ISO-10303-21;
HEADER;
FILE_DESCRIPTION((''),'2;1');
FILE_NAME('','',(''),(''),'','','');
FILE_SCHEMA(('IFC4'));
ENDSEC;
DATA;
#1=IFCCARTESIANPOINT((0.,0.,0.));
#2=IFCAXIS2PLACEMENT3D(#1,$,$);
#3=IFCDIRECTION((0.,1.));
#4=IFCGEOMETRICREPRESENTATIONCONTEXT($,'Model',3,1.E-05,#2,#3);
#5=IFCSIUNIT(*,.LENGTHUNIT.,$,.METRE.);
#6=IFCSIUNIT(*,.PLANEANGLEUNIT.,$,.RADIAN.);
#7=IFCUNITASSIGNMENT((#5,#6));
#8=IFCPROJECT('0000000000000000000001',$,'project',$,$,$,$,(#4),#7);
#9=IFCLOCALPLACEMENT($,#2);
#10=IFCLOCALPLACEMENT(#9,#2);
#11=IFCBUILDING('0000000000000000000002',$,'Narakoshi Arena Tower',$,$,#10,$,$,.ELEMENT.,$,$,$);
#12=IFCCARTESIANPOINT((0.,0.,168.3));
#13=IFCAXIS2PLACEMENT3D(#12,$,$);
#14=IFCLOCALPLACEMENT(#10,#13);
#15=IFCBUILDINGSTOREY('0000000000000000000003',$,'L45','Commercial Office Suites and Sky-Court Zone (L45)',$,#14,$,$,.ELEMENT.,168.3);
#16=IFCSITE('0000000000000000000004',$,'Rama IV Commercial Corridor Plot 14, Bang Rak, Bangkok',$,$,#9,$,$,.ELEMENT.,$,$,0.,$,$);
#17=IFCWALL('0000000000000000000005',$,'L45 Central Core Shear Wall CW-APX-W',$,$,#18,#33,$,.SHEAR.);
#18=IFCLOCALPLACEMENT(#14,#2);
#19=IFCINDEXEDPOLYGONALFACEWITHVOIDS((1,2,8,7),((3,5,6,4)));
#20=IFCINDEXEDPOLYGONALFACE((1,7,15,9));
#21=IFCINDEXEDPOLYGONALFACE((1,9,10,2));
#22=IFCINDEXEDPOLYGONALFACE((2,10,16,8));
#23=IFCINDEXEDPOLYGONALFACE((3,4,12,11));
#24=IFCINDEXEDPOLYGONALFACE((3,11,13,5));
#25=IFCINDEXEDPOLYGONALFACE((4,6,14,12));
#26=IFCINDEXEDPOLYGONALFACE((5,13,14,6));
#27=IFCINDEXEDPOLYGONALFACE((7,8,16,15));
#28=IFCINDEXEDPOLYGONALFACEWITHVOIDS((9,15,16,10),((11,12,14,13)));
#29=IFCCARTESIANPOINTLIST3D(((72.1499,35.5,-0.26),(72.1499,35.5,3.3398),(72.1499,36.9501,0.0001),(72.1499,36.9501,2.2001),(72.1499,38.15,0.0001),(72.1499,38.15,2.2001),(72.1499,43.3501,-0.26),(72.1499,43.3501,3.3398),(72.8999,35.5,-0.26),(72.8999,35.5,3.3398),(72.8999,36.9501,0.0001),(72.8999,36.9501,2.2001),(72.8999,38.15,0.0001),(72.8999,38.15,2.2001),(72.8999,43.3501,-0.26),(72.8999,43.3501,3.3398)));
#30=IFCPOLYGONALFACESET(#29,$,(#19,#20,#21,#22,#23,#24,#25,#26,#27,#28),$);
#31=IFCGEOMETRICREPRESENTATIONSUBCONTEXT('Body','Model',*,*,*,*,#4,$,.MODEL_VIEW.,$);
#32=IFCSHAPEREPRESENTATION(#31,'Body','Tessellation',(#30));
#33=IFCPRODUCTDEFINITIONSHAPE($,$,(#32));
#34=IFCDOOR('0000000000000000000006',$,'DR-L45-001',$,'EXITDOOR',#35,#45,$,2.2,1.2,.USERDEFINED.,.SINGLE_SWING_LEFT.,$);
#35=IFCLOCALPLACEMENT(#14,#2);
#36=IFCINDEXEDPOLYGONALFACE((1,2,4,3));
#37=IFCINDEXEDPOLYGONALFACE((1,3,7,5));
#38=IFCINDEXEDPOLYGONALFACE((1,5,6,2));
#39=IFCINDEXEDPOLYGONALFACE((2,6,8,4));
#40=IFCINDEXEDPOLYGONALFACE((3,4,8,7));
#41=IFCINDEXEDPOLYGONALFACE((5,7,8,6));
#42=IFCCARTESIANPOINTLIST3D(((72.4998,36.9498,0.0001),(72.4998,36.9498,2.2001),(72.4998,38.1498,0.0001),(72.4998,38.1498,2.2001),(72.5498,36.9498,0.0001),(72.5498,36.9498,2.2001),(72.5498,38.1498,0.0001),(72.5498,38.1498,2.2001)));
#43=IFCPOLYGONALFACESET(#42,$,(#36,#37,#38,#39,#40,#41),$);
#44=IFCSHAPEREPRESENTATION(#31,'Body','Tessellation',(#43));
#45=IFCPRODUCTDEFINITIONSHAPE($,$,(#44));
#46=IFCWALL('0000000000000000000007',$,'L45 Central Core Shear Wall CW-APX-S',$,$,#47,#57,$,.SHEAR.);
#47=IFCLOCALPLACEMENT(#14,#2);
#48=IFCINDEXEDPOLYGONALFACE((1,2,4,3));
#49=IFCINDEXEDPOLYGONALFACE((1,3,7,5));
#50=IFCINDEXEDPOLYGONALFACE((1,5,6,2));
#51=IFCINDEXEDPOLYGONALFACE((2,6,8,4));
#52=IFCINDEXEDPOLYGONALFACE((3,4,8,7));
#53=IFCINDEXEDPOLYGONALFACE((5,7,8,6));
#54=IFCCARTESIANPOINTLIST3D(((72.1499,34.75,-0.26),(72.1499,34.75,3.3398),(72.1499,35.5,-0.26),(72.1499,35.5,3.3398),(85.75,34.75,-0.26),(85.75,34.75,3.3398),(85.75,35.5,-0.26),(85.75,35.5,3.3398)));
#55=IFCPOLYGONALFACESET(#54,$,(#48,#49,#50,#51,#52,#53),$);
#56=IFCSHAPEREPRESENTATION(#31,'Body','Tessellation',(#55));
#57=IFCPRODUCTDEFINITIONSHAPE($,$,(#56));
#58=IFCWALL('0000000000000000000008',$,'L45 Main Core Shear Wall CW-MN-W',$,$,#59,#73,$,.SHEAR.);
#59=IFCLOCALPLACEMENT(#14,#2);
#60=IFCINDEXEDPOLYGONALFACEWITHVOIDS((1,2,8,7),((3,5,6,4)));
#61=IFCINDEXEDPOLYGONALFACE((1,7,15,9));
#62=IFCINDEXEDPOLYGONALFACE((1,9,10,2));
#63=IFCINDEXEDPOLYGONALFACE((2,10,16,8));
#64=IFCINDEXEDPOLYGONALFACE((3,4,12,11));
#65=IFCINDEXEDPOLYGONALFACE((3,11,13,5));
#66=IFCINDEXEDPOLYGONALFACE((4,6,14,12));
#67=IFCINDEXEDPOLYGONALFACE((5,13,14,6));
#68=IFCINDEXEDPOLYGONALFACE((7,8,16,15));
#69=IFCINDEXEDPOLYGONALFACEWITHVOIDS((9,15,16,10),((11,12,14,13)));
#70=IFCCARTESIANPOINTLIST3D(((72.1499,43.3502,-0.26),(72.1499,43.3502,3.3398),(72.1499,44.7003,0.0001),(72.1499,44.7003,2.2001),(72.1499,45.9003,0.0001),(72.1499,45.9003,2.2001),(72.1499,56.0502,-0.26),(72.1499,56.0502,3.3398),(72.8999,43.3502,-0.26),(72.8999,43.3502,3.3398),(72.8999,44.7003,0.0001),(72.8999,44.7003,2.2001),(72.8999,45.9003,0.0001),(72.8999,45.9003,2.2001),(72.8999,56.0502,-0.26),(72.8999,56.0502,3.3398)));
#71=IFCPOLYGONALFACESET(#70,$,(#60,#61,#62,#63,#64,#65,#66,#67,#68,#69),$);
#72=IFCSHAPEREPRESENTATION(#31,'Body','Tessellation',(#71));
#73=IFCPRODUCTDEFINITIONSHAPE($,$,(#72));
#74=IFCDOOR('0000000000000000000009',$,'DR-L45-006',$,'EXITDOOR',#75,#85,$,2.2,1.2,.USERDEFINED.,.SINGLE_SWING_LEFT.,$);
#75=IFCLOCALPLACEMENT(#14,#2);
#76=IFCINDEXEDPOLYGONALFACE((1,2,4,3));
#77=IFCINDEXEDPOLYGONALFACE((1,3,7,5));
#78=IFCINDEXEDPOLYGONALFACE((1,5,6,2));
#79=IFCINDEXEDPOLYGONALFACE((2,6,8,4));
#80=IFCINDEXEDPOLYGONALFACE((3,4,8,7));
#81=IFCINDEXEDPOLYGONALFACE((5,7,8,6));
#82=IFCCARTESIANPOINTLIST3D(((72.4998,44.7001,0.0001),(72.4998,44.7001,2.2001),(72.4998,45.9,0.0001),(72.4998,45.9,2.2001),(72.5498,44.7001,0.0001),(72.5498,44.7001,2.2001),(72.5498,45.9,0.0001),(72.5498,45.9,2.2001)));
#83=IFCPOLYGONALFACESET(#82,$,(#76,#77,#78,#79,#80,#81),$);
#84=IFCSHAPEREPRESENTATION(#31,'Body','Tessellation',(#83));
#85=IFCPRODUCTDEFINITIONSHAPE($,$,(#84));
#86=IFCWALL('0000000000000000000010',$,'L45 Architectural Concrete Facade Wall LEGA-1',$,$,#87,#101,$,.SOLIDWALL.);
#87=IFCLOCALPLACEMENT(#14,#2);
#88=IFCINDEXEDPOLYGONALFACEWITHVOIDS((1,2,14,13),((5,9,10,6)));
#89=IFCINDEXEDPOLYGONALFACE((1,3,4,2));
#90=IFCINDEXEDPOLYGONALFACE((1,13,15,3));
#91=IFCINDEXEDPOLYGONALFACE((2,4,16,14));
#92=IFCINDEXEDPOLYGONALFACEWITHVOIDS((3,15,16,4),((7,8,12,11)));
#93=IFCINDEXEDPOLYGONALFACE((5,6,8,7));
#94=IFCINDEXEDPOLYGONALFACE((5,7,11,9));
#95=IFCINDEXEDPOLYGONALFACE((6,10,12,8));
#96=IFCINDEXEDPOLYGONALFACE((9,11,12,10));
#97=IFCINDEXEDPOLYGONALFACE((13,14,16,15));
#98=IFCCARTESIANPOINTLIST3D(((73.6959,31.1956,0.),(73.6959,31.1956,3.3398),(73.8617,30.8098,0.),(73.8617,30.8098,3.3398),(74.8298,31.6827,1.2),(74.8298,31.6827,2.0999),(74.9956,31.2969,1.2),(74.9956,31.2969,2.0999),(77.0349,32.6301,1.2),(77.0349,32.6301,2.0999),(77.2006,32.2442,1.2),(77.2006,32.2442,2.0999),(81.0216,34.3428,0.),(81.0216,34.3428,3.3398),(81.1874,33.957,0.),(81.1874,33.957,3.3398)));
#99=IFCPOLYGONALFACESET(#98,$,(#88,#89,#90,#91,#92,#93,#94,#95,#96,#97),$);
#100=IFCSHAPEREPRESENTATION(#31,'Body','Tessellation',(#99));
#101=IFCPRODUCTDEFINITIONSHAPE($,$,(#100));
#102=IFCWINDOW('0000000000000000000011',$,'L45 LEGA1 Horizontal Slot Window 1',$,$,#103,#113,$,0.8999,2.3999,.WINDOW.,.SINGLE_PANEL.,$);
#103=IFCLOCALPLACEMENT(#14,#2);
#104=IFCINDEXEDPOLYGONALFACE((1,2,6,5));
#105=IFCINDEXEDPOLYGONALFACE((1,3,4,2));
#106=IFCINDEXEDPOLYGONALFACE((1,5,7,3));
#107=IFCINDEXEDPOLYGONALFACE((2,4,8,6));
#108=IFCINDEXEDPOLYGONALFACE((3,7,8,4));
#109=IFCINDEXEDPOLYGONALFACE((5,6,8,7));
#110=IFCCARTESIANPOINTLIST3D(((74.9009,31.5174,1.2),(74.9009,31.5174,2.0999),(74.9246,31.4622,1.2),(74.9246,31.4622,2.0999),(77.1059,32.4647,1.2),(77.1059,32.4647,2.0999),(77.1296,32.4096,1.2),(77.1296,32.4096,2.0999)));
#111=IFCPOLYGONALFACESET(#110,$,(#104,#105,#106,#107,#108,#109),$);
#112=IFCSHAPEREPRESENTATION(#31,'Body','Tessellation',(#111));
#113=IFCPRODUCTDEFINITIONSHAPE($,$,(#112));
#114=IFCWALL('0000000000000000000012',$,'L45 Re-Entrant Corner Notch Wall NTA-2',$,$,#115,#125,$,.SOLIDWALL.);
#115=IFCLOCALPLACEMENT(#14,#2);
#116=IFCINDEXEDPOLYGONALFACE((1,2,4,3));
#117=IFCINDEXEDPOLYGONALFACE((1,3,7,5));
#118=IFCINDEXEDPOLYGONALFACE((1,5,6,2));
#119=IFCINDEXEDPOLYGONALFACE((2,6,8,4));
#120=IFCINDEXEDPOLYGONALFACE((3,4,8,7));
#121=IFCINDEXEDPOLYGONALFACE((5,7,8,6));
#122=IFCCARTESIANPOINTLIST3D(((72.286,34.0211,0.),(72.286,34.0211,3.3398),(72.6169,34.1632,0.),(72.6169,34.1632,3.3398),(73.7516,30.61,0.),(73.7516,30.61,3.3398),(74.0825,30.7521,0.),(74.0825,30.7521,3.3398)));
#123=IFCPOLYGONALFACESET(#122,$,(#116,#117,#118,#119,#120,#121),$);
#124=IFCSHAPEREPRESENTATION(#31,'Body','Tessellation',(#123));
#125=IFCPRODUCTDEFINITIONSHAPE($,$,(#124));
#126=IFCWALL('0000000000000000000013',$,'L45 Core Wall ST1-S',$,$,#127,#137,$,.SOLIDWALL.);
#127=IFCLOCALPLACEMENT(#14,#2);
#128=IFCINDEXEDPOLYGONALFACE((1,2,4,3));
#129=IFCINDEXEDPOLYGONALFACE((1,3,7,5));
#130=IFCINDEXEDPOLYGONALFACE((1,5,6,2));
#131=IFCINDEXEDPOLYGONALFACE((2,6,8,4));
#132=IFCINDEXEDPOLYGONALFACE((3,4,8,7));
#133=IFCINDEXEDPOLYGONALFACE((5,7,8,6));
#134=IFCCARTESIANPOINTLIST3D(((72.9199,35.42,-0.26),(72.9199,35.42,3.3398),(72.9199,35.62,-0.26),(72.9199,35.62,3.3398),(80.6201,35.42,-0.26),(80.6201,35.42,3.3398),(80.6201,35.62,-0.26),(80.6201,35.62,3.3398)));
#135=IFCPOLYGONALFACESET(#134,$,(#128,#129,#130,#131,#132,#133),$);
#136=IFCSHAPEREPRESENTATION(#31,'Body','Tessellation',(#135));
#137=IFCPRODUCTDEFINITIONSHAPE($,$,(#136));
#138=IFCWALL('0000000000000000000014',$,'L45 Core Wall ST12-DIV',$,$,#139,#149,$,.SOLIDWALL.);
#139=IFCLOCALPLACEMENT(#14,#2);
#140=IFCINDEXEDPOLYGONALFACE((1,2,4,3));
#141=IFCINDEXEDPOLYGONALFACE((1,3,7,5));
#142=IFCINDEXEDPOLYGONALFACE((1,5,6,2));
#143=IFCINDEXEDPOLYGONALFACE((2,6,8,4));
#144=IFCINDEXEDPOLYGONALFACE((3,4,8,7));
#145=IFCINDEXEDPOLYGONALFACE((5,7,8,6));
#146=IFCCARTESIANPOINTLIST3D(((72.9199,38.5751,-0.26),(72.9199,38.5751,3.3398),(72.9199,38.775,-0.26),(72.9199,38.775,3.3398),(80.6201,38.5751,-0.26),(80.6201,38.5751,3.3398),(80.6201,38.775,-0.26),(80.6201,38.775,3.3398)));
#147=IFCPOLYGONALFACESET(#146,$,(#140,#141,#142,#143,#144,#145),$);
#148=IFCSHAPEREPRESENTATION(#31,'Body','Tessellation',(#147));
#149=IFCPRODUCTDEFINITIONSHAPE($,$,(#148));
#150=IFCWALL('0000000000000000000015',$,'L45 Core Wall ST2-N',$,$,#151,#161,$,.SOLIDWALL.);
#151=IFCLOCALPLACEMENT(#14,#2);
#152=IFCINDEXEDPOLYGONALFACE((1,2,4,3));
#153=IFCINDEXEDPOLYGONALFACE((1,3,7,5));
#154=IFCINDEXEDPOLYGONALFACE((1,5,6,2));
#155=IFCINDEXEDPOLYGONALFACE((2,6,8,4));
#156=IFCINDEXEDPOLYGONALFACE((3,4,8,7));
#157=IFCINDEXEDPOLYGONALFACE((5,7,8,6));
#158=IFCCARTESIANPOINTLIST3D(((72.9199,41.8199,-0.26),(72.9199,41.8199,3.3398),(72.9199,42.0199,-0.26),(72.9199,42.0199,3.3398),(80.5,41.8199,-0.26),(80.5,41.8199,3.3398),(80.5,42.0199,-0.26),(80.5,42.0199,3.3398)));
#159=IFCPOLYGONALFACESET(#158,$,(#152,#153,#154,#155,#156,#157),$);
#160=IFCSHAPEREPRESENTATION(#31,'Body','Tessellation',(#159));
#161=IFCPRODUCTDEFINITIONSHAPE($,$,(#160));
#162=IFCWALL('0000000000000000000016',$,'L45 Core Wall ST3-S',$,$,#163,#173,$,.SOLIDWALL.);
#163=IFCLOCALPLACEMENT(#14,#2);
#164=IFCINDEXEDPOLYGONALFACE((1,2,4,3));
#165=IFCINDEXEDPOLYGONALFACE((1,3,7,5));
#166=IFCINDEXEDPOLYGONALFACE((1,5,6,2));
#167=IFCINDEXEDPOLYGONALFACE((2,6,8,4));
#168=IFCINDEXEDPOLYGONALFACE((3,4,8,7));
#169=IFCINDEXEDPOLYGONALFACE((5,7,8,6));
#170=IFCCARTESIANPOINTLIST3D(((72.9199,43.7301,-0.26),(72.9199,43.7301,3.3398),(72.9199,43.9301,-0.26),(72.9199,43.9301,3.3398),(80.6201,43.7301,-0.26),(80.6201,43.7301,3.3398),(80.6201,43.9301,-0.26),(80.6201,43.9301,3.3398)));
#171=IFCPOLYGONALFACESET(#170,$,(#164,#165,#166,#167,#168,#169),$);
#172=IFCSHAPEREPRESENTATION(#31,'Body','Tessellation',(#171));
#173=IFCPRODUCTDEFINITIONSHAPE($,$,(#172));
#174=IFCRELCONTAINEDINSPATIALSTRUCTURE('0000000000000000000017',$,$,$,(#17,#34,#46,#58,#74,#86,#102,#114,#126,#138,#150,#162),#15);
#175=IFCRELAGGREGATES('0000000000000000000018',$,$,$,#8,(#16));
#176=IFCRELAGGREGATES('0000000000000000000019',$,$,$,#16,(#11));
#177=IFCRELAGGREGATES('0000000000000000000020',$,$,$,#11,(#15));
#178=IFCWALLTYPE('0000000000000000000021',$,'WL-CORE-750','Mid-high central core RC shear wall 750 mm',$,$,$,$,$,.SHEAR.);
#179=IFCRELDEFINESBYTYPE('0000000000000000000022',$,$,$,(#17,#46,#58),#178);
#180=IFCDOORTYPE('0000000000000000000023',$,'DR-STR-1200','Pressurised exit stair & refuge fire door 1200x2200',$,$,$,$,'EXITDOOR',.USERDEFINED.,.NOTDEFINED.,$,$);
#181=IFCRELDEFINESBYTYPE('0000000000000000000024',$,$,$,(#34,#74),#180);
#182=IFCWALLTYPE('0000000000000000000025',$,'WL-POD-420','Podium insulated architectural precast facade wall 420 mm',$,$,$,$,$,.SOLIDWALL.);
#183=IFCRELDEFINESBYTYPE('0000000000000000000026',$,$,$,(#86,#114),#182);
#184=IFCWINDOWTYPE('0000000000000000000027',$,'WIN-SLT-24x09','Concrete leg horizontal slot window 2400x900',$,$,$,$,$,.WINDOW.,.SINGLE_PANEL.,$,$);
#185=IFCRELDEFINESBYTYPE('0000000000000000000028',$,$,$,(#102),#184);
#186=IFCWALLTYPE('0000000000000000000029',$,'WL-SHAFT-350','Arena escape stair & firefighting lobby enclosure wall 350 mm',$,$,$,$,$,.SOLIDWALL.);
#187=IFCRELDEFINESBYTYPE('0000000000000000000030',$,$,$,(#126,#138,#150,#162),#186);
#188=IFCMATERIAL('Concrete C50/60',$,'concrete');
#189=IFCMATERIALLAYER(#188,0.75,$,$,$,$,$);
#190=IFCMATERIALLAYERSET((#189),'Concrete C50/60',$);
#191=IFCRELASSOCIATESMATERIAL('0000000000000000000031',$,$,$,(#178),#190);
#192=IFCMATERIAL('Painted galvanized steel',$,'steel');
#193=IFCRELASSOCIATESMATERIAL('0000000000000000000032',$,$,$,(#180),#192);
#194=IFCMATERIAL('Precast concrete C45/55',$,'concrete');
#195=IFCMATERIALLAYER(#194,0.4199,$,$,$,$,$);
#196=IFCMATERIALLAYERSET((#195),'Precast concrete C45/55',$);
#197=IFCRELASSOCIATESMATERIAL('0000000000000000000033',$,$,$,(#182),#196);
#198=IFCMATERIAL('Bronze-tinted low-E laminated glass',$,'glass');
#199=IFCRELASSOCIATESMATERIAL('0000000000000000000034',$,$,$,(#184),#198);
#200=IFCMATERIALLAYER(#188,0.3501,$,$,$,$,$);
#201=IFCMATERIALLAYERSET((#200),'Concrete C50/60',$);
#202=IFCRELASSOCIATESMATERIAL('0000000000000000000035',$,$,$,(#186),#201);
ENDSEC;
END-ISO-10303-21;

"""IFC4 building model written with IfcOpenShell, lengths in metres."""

from ifc_helpers import new_model, si_unit, direction, frame, frame_2d, origin, place, context, subcontext, project, spatial, rectangle, extrude, material, layer, layer_set, type_object, element, fill, save


model = new_model("IFC4")

# Units and contexts
model_context = context("Model", 3, precision=1e-05, world=origin(), true_north=direction((0.0, 1.0)))
body_context = subcontext(model_context, "Body", "Model", "MODEL_VIEW")
ifc_project = project(units=[si_unit("LENGTHUNIT", "METRE"), si_unit("PLANEANGLEUNIT", "RADIAN")], contexts=[model_context])

# Site, building, storey
site_placement = place(None, origin())
site = spatial("IfcSite", under=ifc_project, at=site_placement, Name="Rama IV Commercial Corridor Plot 14, Bang Rak, Bangkok", CompositionType="ELEMENT", RefElevation=0.0)
building_placement = place(site_placement, origin())
building = spatial("IfcBuilding", under=site, at=building_placement, Name="Narakoshi Arena Tower", CompositionType="ELEMENT")
storey_placement = place(building_placement, frame((0.0, 0.0, 168.3)))
storey = spatial("IfcBuildingStorey", under=building, at=storey_placement, Name="L45", Description="Commercial Office Suites and Sky-Court Zone (L45)", CompositionType="ELEMENT", Elevation=168.3)

# Wall, opening, door
ifc_material_1 = material(Name="Concrete C50/60", Category="concrete")
ifc_layer_1 = layer(ifc_material_1, 0.75)
ifc_layer_set_1 = layer_set([ifc_layer_1], Name="Concrete C50/60")
wall_type_1 = type_object("IfcWallType", Name="WL-CORE-750", Description="Mid-high central core RC shear wall 750 mm", PredefinedType="SHEAR", material=ifc_layer_set_1)
wall_1_placement = place(storey_placement, frame((72.5249, 35.5, -0.26), z_axis=(0.0, 0.0, 1.0), x_axis=(0.0, 1.0, 0.0)))
wall_1 = element("IfcWall", 1, at=wall_1_placement, inside=storey, type_object=wall_type_1, Name="L45 Central Core Shear Wall CW-APX-W", PredefinedType="SHEAR", context=body_context, shape_type="SweptSolid", body=[
    extrude(rectangle(XDim=7.8501, YDim=0.75, at=frame_2d((3.925, 0.0))), origin(), (0.0, 0.0, 1.0), 3.5999),
])
opening_1_placement = place(wall_1_placement, frame((1.45, 0.0, 0.26)))
opening_1 = element("IfcOpeningElement", 2, at=opening_1_placement, cuts=wall_1, PredefinedType="OPENING", context=body_context, shape_type="SweptSolid", body=[
    extrude(rectangle(XDim=1.2, YDim=2.2, at=frame_2d((0.6001, 1.1001))), frame((0.0, 0.385, 0.0), z_axis=(0.0, -1.0, 0.0), x_axis=(1.0, 0.0, 0.0)), (0.0, 0.0, 1.0), 0.77),
])
ifc_material_2 = material(Name="Painted galvanized steel", Category="steel")
door_type = type_object("IfcDoorType", Name="DR-STR-1200", Description="Pressurised exit stair & refuge fire door 1200x2200", ElementType="EXITDOOR", OperationType="NOTDEFINED", PredefinedType="USERDEFINED", material=ifc_material_2)
door_1_placement = place(opening_1_placement, frame((1.2, 0.0, 0.0), z_axis=(0.0, 0.0, 1.0), x_axis=(-1.0, 0.0, 0.0)))
door_1 = element("IfcDoor", 3, at=door_1_placement, inside=storey, type_object=door_type, Name="DR-L45-001", ObjectType="EXITDOOR", OperationType="SINGLE_SWING_LEFT", OverallHeight=2.2, OverallWidth=1.2, PredefinedType="USERDEFINED", context=body_context, shape_type="SweptSolid", body=[
    extrude(rectangle(XDim=1.2, YDim=2.2, at=frame_2d((0.6001, 1.1001))), frame((0.0, 0.0249, 0.0), z_axis=(0.0, -1.0, 0.0), x_axis=(1.0, 0.0, 0.0)), (0.0, 0.0, 1.0), 0.05),
])
fill(opening_1, door_1)

# Wall
wall_2_placement = place(storey_placement, frame((72.1499, 35.125, -0.26), z_axis=(0.0, 0.0, 1.0), x_axis=(1.0, 0.0, 0.0)))
element("IfcWall", 4, at=wall_2_placement, inside=storey, type_object=wall_type_1, Name="L45 Central Core Shear Wall CW-APX-S", PredefinedType="SHEAR", context=body_context, shape_type="SweptSolid", body=[
    extrude(rectangle(XDim=13.6001, YDim=0.75, at=frame_2d((6.8, 0.0))), origin(), (0.0, 0.0, 1.0), 3.5999),
])

# Wall, opening, door
wall_3_placement = place(storey_placement, frame((72.5249, 43.3501, -0.26), z_axis=(0.0, 0.0, 1.0), x_axis=(0.0, 1.0, 0.0)))
wall_3 = element("IfcWall", 5, at=wall_3_placement, inside=storey, type_object=wall_type_1, Name="L45 Main Core Shear Wall CW-MN-W", PredefinedType="SHEAR", context=body_context, shape_type="SweptSolid", body=[
    extrude(rectangle(XDim=12.7, YDim=0.75, at=frame_2d((6.3501, 0.0))), origin(), (0.0, 0.0, 1.0), 3.5999),
])
opening_2_placement = place(wall_3_placement, frame((1.3501, 0.0, 0.26)))
opening_2 = element("IfcOpeningElement", 6, at=opening_2_placement, cuts=wall_3, PredefinedType="OPENING", context=body_context, shape_type="SweptSolid", body=[
    extrude(rectangle(XDim=1.2, YDim=2.2, at=frame_2d((0.6001, 1.1001))), frame((0.0, 0.385, 0.0), z_axis=(0.0, -1.0, 0.0), x_axis=(1.0, 0.0, 0.0)), (0.0, 0.0, 1.0), 0.77),
])
door_2_placement = place(opening_2_placement, frame((1.2, 0.0, 0.0), z_axis=(0.0, 0.0, 1.0), x_axis=(-1.0, 0.0, 0.0)))
door_2 = element("IfcDoor", 7, at=door_2_placement, inside=storey, type_object=door_type, Name="DR-L45-006", ObjectType="EXITDOOR", OperationType="SINGLE_SWING_LEFT", OverallHeight=2.2, OverallWidth=1.2, PredefinedType="USERDEFINED", context=body_context, shape_type="SweptSolid", body=[
    extrude(rectangle(XDim=1.2, YDim=2.2, at=frame_2d((0.6001, 1.1001))), frame((0.0, 0.0249, 0.0), z_axis=(0.0, -1.0, 0.0), x_axis=(1.0, 0.0, 0.0)), (0.0, 0.0, 1.0), 0.05),
])
fill(opening_2, door_2)

# Wall, opening, window
ifc_material_3 = material(Name="Precast concrete C45/55", Category="concrete")
ifc_layer_2 = layer(ifc_material_3, 0.4199)
ifc_layer_set_2 = layer_set([ifc_layer_2], Name="Precast concrete C45/55")
wall_type_2 = type_object("IfcWallType", Name="WL-POD-420", Description="Podium insulated architectural precast facade wall 420 mm", PredefinedType="SOLIDWALL", material=ifc_layer_set_2)
wall_4_placement = place(storey_placement, frame((73.7788, 31.0027, 0.0), z_axis=(0.0, 0.0, 1.0), x_axis=(0.918798, 0.394728, 0.0)))
wall_4 = element("IfcWall", 8, at=wall_4_placement, inside=storey, type_object=wall_type_2, Name="L45 Architectural Concrete Facade Wall LEGA-1", PredefinedType="SOLIDWALL", context=body_context, shape_type="SweptSolid", body=[
    extrude(rectangle(XDim=7.9731, YDim=0.4199, at=frame_2d((3.9866, 0.0))), origin(), (0.0, 0.0, 1.0), 3.3398),
])
opening_3_placement = place(wall_4_placement, frame((1.2341, 0.0, 1.2)))
opening_3 = element("IfcOpeningElement", 9, at=opening_3_placement, cuts=wall_4, PredefinedType="OPENING", context=body_context, shape_type="SweptSolid", body=[
    extrude(rectangle(XDim=2.3999, YDim=0.8999, at=frame_2d((1.2, 0.45))), frame((0.0, 0.22, 0.0), z_axis=(0.0, -1.0, 0.0), x_axis=(1.0, 0.0, 0.0)), (0.0, 0.0, 1.0), 0.4399),
])
ifc_material_4 = material(Name="Bronze-tinted low-E laminated glass", Category="glass")
window_type = type_object("IfcWindowType", Name="WIN-SLT-24x09", Description="Concrete leg horizontal slot window 2400x900", PartitioningType="SINGLE_PANEL", PredefinedType="WINDOW", material=ifc_material_4)
window_placement = place(opening_3_placement, origin())
window = element("IfcWindow", 10, at=window_placement, inside=storey, type_object=window_type, Name="L45 LEGA1 Horizontal Slot Window 1", OverallHeight=0.8999, OverallWidth=2.3999, PartitioningType="SINGLE_PANEL", PredefinedType="WINDOW", context=body_context, shape_type="SweptSolid", body=[
    extrude(rectangle(XDim=2.3999, YDim=0.8999, at=frame_2d((1.2, 0.45))), frame((0.0, 0.03, 0.0), z_axis=(0.0, -1.0, 0.0), x_axis=(1.0, 0.0, 0.0)), (0.0, 0.0, 1.0), 0.0601),
])
fill(opening_3, window)

# Walls
wall_5_placement = place(storey_placement, frame((72.4514, 34.0923, 0.0), z_axis=(0.0, 0.0, 1.0), x_axis=(0.394752, -0.918788, 0.0)))
element("IfcWall", 11, at=wall_5_placement, inside=storey, type_object=wall_type_2, Name="L45 Re-Entrant Corner Notch Wall NTA-2", PredefinedType="SOLIDWALL", context=body_context, shape_type="SweptSolid", body=[
    extrude(rectangle(XDim=3.7126, YDim=0.3601, at=frame_2d((1.8564, 0.0))), origin(), (0.0, 0.0, 1.0), 3.3398),
])
ifc_layer_3 = layer(ifc_material_1, 0.3501)
ifc_layer_set_3 = layer_set([ifc_layer_3], Name="Concrete C50/60")
wall_type_3 = type_object("IfcWallType", Name="WL-SHAFT-350", Description="Arena escape stair & firefighting lobby enclosure wall 350 mm", PredefinedType="SOLIDWALL", material=ifc_layer_set_3)
for number, where, z_axis, x_axis, name in (
    (12, (72.9199, 35.52, -0.26), (0.0, 0.0, 1.0), (1.0, 0.0, 0.0), "L45 Core Wall ST1-S"),
    (13, (72.9199, 38.675, -0.26), (0.0, 0.0, 1.0), (1.0, 0.0, 0.0), "L45 Core Wall ST12-DIV"),
):
    element("IfcWall", number, at=place(storey_placement, frame(where, z_axis=z_axis, x_axis=x_axis)), inside=storey, type_object=wall_type_3, Name=name, PredefinedType="SOLIDWALL", context=body_context, shape_type="SweptSolid", body=[
        extrude(rectangle(XDim=7.7002, YDim=0.2, at=frame_2d((3.8501, 0.0))), origin(), (0.0, 0.0, 1.0), 3.5999),
    ])
wall_6_placement = place(storey_placement, frame((72.9199, 41.9199, -0.26), z_axis=(0.0, 0.0, 1.0), x_axis=(1.0, 0.0, 0.0)))
element("IfcWall", 14, at=wall_6_placement, inside=storey, type_object=wall_type_3, Name="L45 Core Wall ST2-N", PredefinedType="SOLIDWALL", context=body_context, shape_type="SweptSolid", body=[
    extrude(rectangle(XDim=7.5801, YDim=0.2, at=frame_2d((3.79, 0.0))), origin(), (0.0, 0.0, 1.0), 3.5999),
])
wall_7_placement = place(storey_placement, frame((72.9199, 43.8301, -0.26), z_axis=(0.0, 0.0, 1.0), x_axis=(1.0, 0.0, 0.0)))
element("IfcWall", 15, at=wall_7_placement, inside=storey, type_object=wall_type_3, Name="L45 Core Wall ST3-S", PredefinedType="SOLIDWALL", context=body_context, shape_type="SweptSolid", body=[
    extrude(rectangle(XDim=7.7002, YDim=0.2, at=frame_2d((3.8501, 0.0))), origin(), (0.0, 0.0, 1.0), 3.5999),
])

save(model, "model.ifc")
